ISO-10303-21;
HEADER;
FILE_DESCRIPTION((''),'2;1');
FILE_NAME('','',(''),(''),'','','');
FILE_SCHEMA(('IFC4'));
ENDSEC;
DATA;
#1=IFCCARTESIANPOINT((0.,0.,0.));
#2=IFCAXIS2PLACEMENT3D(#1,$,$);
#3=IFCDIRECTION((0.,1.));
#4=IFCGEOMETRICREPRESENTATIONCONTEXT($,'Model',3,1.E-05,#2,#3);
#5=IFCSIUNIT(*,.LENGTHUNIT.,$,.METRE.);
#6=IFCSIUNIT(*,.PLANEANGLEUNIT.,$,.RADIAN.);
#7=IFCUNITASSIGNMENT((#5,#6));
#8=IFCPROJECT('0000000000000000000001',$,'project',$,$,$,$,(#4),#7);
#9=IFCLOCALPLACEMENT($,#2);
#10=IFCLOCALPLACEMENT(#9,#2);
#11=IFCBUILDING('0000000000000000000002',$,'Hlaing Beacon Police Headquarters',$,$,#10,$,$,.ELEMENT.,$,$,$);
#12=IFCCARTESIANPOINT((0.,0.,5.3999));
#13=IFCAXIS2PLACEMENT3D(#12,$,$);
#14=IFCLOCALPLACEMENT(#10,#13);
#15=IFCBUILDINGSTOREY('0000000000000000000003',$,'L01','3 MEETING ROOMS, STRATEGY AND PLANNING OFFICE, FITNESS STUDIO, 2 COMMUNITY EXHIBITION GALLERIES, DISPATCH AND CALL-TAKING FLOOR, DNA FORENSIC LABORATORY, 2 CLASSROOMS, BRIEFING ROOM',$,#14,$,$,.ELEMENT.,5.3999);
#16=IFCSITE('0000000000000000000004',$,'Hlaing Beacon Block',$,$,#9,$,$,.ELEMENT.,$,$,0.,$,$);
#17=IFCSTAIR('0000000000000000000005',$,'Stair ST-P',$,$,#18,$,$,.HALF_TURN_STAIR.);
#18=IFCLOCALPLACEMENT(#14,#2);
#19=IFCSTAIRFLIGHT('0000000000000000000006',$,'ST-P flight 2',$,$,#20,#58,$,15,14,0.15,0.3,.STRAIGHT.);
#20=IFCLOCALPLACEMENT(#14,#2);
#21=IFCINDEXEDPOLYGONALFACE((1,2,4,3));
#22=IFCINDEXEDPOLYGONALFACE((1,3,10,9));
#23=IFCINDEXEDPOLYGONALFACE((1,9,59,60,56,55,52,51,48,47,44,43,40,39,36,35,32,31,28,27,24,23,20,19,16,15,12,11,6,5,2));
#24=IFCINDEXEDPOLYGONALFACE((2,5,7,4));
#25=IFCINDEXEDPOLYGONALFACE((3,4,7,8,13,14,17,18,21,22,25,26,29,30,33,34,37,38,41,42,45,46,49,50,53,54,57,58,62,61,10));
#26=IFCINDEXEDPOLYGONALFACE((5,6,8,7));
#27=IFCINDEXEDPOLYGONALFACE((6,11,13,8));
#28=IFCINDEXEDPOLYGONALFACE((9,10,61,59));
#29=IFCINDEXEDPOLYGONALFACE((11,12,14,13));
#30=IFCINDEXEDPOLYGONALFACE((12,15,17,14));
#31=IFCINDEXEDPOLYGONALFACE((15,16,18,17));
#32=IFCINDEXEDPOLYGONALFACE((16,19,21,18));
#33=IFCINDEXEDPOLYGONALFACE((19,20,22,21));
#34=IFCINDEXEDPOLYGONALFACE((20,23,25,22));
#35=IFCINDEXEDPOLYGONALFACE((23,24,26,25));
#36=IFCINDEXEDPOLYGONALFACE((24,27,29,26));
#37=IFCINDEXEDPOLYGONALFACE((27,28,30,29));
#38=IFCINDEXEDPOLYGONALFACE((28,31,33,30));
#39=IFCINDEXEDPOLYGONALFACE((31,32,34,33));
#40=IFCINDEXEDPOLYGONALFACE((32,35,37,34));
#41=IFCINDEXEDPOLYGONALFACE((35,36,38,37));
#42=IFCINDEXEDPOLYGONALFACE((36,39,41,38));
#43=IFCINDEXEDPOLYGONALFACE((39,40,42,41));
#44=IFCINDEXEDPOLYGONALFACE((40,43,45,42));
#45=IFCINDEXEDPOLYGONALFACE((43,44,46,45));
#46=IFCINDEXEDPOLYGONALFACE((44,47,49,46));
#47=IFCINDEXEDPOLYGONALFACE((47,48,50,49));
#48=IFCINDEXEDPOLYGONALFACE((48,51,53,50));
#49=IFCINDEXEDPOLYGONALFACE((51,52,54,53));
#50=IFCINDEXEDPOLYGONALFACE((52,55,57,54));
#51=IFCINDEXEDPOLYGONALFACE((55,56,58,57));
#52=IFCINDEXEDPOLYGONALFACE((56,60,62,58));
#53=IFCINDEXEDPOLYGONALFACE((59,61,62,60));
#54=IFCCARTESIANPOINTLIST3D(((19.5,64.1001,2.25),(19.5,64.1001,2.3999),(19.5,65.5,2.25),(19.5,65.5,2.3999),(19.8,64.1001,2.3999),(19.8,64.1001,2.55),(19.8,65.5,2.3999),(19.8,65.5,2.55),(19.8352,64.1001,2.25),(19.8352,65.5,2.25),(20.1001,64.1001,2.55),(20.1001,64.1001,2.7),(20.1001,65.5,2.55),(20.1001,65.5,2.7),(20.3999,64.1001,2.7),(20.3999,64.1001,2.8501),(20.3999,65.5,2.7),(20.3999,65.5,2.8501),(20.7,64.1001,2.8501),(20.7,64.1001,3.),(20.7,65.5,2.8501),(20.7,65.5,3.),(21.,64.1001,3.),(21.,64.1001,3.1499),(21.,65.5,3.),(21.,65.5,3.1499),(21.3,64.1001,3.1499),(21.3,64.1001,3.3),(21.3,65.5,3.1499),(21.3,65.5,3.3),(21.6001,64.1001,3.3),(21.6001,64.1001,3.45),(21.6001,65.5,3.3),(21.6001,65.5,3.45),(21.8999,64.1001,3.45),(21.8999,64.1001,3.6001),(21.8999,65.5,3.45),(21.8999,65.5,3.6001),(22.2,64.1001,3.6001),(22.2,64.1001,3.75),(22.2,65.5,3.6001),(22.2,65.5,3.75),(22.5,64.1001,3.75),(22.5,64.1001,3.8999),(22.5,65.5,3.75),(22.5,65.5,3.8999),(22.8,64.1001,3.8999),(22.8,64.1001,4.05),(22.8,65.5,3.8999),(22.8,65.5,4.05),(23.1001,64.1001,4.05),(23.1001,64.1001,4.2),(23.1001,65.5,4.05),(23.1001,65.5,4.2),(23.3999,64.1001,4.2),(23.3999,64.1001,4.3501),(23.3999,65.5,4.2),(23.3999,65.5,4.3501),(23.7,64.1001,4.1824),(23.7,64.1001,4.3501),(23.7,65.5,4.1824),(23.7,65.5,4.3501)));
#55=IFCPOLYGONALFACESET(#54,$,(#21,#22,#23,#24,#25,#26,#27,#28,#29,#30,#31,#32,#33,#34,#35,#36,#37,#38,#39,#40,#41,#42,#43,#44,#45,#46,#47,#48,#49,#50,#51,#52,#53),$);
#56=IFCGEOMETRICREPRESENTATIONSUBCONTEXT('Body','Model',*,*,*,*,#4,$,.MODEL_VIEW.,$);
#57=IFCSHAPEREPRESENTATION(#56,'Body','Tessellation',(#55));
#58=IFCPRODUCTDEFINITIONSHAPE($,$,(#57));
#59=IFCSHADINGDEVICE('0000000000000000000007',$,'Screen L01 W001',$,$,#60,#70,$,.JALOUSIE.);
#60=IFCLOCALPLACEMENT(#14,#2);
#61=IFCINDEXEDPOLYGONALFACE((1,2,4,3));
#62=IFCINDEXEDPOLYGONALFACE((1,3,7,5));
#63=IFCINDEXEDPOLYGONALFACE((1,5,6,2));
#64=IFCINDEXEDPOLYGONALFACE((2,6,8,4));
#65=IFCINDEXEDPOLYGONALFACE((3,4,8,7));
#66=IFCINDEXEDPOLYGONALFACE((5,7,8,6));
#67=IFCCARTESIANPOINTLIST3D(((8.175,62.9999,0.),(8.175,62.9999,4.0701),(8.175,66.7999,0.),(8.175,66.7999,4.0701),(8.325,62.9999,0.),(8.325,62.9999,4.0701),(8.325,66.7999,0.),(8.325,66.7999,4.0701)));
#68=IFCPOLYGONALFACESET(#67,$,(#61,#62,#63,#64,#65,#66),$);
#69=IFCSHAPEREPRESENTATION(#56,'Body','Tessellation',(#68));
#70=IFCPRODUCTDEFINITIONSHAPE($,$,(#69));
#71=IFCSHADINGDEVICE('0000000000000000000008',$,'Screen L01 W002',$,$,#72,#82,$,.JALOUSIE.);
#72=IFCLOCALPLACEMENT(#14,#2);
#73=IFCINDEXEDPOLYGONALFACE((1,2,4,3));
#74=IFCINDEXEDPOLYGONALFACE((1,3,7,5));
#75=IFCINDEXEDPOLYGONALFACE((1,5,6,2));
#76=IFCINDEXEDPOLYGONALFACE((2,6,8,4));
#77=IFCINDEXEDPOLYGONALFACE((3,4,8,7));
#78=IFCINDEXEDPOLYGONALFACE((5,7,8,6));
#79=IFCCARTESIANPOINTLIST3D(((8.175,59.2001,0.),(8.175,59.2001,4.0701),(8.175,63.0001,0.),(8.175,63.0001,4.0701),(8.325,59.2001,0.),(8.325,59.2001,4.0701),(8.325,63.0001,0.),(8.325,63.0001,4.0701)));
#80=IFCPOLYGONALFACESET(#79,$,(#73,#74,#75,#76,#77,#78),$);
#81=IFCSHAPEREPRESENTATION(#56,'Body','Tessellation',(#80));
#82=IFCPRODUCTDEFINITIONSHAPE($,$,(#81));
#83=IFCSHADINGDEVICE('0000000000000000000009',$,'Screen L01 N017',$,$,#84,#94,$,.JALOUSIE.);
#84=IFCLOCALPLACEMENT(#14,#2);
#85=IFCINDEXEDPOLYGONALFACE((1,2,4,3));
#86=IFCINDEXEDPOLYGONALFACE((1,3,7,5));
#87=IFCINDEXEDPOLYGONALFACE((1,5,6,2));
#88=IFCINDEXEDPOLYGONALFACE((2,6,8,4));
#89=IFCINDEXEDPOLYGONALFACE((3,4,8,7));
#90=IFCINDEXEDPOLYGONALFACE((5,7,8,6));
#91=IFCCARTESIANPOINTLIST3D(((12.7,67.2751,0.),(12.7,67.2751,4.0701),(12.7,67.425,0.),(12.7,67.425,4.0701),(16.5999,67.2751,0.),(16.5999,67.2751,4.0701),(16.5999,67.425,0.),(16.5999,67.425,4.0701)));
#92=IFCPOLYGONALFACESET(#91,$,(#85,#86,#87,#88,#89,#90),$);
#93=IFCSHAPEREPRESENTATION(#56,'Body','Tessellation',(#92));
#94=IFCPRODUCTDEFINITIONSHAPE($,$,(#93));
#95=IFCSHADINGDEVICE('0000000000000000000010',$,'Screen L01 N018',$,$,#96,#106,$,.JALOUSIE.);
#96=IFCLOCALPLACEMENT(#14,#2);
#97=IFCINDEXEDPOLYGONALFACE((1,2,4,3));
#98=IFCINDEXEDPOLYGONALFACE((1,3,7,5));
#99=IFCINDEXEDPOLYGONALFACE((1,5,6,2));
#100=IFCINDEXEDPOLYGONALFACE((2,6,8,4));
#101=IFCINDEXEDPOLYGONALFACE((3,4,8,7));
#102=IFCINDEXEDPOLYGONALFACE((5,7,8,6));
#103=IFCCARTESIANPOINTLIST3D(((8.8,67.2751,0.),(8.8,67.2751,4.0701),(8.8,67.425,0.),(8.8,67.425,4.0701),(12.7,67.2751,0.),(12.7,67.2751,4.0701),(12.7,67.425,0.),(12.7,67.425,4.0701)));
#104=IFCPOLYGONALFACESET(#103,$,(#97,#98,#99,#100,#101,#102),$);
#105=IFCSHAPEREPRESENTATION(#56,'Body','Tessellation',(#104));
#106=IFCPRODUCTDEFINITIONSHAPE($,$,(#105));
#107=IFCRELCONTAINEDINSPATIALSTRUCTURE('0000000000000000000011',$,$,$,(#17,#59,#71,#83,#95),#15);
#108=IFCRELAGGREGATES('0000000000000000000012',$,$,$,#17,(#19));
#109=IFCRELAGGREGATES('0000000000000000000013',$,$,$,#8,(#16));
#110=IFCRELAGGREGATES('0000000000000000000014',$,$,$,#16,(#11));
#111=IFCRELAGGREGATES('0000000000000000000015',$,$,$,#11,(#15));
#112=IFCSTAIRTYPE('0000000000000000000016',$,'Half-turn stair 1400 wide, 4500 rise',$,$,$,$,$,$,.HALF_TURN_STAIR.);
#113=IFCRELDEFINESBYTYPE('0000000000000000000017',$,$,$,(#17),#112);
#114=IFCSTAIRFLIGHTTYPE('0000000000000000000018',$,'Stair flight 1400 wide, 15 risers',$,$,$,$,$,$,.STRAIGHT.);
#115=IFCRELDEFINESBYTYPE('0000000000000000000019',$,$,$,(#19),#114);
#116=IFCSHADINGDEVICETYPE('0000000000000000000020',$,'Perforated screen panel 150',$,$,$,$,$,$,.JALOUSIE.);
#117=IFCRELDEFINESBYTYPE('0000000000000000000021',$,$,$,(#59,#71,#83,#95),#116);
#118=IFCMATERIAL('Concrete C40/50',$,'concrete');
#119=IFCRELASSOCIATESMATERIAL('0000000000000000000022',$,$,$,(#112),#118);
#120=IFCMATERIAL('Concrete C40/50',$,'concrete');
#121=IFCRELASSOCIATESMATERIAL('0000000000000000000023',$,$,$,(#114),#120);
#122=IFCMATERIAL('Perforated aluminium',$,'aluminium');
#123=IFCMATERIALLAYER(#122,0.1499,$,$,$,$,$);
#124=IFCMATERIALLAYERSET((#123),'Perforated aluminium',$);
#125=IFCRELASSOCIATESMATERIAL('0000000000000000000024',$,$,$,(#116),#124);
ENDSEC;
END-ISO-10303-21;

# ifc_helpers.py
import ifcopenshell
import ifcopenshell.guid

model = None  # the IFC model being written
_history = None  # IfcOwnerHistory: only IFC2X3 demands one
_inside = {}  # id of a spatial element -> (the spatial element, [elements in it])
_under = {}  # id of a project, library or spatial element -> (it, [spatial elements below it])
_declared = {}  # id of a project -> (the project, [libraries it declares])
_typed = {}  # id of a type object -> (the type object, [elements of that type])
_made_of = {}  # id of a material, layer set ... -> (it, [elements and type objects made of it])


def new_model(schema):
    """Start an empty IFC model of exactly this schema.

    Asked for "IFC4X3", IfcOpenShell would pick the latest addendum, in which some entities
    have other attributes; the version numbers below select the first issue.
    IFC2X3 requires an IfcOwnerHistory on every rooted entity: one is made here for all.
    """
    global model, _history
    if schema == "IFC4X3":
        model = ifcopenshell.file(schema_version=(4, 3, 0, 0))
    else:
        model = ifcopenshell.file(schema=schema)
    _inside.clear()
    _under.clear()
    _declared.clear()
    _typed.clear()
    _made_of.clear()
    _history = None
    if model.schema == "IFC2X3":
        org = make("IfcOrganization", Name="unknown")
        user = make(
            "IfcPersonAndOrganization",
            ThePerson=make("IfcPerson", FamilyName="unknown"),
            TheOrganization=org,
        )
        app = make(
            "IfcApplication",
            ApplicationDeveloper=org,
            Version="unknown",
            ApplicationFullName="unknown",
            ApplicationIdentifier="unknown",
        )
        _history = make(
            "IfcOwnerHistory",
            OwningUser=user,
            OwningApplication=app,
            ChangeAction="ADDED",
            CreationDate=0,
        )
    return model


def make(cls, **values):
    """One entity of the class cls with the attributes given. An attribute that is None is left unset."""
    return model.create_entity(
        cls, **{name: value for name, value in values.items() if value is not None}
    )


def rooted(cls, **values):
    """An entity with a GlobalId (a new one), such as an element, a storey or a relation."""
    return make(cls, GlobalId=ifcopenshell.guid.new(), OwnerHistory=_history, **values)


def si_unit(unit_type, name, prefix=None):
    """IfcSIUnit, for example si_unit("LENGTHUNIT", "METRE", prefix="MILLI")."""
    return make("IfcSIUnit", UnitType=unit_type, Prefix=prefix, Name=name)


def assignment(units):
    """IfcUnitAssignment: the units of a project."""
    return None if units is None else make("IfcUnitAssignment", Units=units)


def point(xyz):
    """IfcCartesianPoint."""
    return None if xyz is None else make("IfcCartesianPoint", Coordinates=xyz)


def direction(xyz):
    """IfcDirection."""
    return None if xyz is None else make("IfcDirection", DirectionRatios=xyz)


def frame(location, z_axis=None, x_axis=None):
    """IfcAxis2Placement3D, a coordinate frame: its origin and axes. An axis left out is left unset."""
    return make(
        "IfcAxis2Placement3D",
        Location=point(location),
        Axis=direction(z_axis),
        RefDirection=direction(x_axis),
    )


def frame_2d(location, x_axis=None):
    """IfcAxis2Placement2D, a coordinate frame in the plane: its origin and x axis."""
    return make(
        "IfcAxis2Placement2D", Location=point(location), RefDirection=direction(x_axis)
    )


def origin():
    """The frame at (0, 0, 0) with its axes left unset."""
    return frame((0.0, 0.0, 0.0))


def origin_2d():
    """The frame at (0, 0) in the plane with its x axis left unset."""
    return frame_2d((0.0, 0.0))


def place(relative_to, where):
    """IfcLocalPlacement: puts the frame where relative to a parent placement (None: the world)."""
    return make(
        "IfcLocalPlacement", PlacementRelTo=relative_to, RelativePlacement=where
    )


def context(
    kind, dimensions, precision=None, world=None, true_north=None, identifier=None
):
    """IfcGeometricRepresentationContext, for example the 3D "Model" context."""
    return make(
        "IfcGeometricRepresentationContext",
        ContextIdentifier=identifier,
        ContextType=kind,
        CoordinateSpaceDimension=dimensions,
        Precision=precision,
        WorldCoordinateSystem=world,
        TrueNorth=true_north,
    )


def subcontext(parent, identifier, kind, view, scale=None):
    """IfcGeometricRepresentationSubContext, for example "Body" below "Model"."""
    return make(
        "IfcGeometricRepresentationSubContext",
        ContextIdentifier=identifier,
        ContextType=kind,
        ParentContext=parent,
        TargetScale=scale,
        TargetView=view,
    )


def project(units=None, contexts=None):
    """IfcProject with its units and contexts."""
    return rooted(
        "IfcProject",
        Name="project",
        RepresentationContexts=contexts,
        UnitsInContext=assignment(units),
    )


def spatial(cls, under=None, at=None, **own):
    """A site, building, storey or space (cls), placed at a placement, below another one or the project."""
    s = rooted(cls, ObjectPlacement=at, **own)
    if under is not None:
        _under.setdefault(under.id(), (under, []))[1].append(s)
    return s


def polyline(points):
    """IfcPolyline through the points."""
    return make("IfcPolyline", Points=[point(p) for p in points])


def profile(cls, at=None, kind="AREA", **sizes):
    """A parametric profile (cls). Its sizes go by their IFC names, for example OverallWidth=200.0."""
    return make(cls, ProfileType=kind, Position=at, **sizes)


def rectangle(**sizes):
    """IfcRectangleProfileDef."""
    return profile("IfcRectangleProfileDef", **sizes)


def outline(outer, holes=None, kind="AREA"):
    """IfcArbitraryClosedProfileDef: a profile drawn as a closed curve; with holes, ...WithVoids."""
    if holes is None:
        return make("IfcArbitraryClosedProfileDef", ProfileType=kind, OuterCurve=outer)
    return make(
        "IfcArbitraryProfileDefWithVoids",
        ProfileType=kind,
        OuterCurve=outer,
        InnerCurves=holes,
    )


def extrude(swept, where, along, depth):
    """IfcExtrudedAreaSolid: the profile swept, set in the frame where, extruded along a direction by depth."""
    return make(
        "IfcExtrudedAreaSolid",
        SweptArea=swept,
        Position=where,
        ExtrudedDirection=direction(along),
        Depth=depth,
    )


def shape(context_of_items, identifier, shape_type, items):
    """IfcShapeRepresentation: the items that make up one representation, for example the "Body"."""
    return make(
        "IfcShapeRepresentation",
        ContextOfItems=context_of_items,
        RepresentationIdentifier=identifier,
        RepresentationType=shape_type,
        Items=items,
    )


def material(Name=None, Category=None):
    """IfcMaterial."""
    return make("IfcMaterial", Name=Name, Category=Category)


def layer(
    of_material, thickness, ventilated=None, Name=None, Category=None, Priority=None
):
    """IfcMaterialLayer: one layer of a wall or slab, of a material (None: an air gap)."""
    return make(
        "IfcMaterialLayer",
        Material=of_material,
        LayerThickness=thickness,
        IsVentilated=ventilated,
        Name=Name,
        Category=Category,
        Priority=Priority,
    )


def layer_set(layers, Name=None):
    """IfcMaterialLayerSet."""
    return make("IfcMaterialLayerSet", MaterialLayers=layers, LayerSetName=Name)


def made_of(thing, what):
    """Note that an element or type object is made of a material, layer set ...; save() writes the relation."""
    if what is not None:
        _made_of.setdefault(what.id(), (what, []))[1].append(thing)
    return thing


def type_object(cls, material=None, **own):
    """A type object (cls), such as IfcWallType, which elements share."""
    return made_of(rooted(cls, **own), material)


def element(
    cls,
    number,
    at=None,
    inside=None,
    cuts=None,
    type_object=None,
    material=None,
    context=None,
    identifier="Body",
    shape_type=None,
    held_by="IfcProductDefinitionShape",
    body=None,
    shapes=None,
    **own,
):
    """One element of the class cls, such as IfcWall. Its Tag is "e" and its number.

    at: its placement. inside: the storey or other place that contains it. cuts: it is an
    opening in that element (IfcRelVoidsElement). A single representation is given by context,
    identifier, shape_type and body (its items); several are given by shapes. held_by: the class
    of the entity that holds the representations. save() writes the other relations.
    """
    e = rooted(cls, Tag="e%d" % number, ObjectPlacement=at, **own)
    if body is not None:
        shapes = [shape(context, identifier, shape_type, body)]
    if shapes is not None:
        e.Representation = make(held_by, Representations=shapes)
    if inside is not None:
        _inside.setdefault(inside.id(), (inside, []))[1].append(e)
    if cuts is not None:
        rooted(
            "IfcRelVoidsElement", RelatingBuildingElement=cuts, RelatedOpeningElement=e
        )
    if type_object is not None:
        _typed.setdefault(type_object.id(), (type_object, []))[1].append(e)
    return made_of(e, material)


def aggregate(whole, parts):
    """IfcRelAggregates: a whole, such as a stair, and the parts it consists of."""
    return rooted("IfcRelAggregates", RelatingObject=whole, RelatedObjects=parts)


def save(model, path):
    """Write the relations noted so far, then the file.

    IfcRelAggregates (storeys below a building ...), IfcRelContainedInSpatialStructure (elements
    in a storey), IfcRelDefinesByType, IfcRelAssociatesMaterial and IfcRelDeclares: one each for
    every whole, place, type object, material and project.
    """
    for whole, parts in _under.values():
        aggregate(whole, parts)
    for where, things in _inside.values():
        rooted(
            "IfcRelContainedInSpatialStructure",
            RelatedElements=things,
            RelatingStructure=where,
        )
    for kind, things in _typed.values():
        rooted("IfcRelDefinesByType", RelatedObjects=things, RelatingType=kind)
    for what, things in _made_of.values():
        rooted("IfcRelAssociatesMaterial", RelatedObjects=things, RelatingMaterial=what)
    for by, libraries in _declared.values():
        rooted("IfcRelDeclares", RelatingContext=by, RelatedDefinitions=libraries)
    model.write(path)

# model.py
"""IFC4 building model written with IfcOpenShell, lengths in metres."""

from ifc_helpers import new_model, si_unit, direction, frame, origin, origin_2d, place, context, subcontext, project, spatial, polyline, rectangle, outline, extrude, material, layer, layer_set, type_object, element, aggregate, save


model = new_model("IFC4")

# Units and contexts
model_context = context("Model", 3, precision=1e-05, world=origin(), true_north=direction((0.0, 1.0)))
body_context = subcontext(model_context, "Body", "Model", "MODEL_VIEW")
ifc_project = project(units=[si_unit("LENGTHUNIT", "METRE"), si_unit("PLANEANGLEUNIT", "RADIAN")], contexts=[model_context])

# Site, building, storey
site_placement = place(None, origin())
site = spatial("IfcSite", under=ifc_project, at=site_placement, Name="Hlaing Beacon Block", CompositionType="ELEMENT", RefElevation=0.0)
building_placement = place(site_placement, origin())
building = spatial("IfcBuilding", under=site, at=building_placement, Name="Hlaing Beacon Police Headquarters", CompositionType="ELEMENT")
storey_placement = place(building_placement, frame((0.0, 0.0, 5.3999)))
storey = spatial("IfcBuildingStorey", under=building, at=storey_placement, Name="L01", Description="3 MEETING ROOMS, STRATEGY AND PLANNING OFFICE, FITNESS STUDIO, 2 COMMUNITY EXHIBITION GALLERIES, DISPATCH AND CALL-TAKING FLOOR, DNA FORENSIC LABORATORY, 2 CLASSROOMS, BRIEFING ROOM", CompositionType="ELEMENT", Elevation=5.3999)

# Stair, stair flight
ifc_material_1 = material(Name="Concrete C40/50", Category="concrete")
stair_type = type_object("IfcStairType", Name="Half-turn stair 1400 wide, 4500 rise", PredefinedType="HALF_TURN_STAIR", material=ifc_material_1)
stair_placement = place(storey_placement, origin())
stair = element("IfcStair", 1, at=stair_placement, inside=storey, type_object=stair_type, Name="Stair ST-P", PredefinedType="HALF_TURN_STAIR")
ifc_material_2 = material(Name="Concrete C40/50", Category="concrete")
stair_flight_type = type_object("IfcStairFlightType", Name="Stair flight 1400 wide, 15 risers", PredefinedType="STRAIGHT", material=ifc_material_2)
stair_flight_placement = place(storey_placement, frame((19.5, 64.8, 2.25), z_axis=(0.0, 0.0, 1.0), x_axis=(1.0, 0.0, 0.0)))
stair_flight = element("IfcStairFlight", 2, at=stair_flight_placement, type_object=stair_flight_type, Name="ST-P flight 2", NumberOfRisers=15, NumberOfTreads=14, PredefinedType="STRAIGHT", RiserHeight=0.15, TreadLength=0.3, context=body_context, shape_type="SweptSolid", body=[
    extrude(outline(polyline([(0.0, 0.0), (0.0, 0.1499), (0.3, 0.1499), (0.3, 0.3), (0.6001, 0.3), (0.6001, 0.45), (0.8999, 0.45), (0.8999, 0.6001), (1.2, 0.6001), (1.2, 0.75), (1.5, 0.75), (1.5, 0.8999), (1.8, 0.8999), (1.8, 1.05), (2.1001, 1.05), (2.1001, 1.2), (2.3999, 1.2), (2.3999, 1.3501), (2.7, 1.3501), (2.7, 1.5), (3.0, 1.5), (3.0, 1.6499), (3.3, 1.6499), (3.3, 1.8), (3.6001, 1.8), (3.6001, 1.95), (3.8999, 1.95), (3.8999, 2.1001), (4.2, 2.1001), (4.2, 2.25), (4.2, 1.9324), (0.3352, 0.0), (0.0, 0.0)])), frame((0.0, 0.7, 0.0), z_axis=(0.0, -1.0, 0.0), x_axis=(1.0, 0.0, 0.0)), (0.0, 0.0, 1.0), 1.3999),
])
aggregate(stair, [stair_flight])

# Shading devices
ifc_material_3 = material(Name="Perforated aluminium", Category="aluminium")
ifc_layer_1 = layer(ifc_material_3, 0.1499)
ifc_layer_set_1 = layer_set([ifc_layer_1], Name="Perforated aluminium")
shading_device_type = type_object("IfcShadingDeviceType", Name="Perforated screen panel 150", PredefinedType="JALOUSIE", material=ifc_layer_set_1)
for number, where, z_axis, x_axis, name in (
    (3, (8.25, 64.8999, 0.0), (0.0, 0.0, 1.0), (0.0, -1.0, 0.0), "Screen L01 W001"),
    (4, (8.25, 61.1001, 0.0), (0.0, 0.0, 1.0), (0.0, -1.0, 0.0), "Screen L01 W002"),
):
    element("IfcShadingDevice", number, at=place(storey_placement, frame(where, z_axis=z_axis, x_axis=x_axis)), inside=storey, type_object=shading_device_type, Name=name, PredefinedType="JALOUSIE", context=body_context, shape_type="SweptSolid", body=[
        extrude(rectangle(XDim=3.8, YDim=0.1499, at=origin_2d()), origin(), (0.0, 0.0, 1.0), 4.0701),
    ])
for number, where, z_axis, x_axis, name in (
    (5, (14.6499, 67.3501, 0.0), (0.0, 0.0, 1.0), (-1.0, 0.0, 0.0), "Screen L01 N017"),
    (6, (10.75, 67.3501, 0.0), (0.0, 0.0, 1.0), (-1.0, 0.0, 0.0), "Screen L01 N018"),
):
    element("IfcShadingDevice", number, at=place(storey_placement, frame(where, z_axis=z_axis, x_axis=x_axis)), inside=storey, type_object=shading_device_type, Name=name, PredefinedType="JALOUSIE", context=body_context, shape_type="SweptSolid", body=[
        extrude(rectangle(XDim=3.8999, YDim=0.1499, at=origin_2d()), origin(), (0.0, 0.0, 1.0), 4.0701),
    ])

save(model, "model.ifc")
